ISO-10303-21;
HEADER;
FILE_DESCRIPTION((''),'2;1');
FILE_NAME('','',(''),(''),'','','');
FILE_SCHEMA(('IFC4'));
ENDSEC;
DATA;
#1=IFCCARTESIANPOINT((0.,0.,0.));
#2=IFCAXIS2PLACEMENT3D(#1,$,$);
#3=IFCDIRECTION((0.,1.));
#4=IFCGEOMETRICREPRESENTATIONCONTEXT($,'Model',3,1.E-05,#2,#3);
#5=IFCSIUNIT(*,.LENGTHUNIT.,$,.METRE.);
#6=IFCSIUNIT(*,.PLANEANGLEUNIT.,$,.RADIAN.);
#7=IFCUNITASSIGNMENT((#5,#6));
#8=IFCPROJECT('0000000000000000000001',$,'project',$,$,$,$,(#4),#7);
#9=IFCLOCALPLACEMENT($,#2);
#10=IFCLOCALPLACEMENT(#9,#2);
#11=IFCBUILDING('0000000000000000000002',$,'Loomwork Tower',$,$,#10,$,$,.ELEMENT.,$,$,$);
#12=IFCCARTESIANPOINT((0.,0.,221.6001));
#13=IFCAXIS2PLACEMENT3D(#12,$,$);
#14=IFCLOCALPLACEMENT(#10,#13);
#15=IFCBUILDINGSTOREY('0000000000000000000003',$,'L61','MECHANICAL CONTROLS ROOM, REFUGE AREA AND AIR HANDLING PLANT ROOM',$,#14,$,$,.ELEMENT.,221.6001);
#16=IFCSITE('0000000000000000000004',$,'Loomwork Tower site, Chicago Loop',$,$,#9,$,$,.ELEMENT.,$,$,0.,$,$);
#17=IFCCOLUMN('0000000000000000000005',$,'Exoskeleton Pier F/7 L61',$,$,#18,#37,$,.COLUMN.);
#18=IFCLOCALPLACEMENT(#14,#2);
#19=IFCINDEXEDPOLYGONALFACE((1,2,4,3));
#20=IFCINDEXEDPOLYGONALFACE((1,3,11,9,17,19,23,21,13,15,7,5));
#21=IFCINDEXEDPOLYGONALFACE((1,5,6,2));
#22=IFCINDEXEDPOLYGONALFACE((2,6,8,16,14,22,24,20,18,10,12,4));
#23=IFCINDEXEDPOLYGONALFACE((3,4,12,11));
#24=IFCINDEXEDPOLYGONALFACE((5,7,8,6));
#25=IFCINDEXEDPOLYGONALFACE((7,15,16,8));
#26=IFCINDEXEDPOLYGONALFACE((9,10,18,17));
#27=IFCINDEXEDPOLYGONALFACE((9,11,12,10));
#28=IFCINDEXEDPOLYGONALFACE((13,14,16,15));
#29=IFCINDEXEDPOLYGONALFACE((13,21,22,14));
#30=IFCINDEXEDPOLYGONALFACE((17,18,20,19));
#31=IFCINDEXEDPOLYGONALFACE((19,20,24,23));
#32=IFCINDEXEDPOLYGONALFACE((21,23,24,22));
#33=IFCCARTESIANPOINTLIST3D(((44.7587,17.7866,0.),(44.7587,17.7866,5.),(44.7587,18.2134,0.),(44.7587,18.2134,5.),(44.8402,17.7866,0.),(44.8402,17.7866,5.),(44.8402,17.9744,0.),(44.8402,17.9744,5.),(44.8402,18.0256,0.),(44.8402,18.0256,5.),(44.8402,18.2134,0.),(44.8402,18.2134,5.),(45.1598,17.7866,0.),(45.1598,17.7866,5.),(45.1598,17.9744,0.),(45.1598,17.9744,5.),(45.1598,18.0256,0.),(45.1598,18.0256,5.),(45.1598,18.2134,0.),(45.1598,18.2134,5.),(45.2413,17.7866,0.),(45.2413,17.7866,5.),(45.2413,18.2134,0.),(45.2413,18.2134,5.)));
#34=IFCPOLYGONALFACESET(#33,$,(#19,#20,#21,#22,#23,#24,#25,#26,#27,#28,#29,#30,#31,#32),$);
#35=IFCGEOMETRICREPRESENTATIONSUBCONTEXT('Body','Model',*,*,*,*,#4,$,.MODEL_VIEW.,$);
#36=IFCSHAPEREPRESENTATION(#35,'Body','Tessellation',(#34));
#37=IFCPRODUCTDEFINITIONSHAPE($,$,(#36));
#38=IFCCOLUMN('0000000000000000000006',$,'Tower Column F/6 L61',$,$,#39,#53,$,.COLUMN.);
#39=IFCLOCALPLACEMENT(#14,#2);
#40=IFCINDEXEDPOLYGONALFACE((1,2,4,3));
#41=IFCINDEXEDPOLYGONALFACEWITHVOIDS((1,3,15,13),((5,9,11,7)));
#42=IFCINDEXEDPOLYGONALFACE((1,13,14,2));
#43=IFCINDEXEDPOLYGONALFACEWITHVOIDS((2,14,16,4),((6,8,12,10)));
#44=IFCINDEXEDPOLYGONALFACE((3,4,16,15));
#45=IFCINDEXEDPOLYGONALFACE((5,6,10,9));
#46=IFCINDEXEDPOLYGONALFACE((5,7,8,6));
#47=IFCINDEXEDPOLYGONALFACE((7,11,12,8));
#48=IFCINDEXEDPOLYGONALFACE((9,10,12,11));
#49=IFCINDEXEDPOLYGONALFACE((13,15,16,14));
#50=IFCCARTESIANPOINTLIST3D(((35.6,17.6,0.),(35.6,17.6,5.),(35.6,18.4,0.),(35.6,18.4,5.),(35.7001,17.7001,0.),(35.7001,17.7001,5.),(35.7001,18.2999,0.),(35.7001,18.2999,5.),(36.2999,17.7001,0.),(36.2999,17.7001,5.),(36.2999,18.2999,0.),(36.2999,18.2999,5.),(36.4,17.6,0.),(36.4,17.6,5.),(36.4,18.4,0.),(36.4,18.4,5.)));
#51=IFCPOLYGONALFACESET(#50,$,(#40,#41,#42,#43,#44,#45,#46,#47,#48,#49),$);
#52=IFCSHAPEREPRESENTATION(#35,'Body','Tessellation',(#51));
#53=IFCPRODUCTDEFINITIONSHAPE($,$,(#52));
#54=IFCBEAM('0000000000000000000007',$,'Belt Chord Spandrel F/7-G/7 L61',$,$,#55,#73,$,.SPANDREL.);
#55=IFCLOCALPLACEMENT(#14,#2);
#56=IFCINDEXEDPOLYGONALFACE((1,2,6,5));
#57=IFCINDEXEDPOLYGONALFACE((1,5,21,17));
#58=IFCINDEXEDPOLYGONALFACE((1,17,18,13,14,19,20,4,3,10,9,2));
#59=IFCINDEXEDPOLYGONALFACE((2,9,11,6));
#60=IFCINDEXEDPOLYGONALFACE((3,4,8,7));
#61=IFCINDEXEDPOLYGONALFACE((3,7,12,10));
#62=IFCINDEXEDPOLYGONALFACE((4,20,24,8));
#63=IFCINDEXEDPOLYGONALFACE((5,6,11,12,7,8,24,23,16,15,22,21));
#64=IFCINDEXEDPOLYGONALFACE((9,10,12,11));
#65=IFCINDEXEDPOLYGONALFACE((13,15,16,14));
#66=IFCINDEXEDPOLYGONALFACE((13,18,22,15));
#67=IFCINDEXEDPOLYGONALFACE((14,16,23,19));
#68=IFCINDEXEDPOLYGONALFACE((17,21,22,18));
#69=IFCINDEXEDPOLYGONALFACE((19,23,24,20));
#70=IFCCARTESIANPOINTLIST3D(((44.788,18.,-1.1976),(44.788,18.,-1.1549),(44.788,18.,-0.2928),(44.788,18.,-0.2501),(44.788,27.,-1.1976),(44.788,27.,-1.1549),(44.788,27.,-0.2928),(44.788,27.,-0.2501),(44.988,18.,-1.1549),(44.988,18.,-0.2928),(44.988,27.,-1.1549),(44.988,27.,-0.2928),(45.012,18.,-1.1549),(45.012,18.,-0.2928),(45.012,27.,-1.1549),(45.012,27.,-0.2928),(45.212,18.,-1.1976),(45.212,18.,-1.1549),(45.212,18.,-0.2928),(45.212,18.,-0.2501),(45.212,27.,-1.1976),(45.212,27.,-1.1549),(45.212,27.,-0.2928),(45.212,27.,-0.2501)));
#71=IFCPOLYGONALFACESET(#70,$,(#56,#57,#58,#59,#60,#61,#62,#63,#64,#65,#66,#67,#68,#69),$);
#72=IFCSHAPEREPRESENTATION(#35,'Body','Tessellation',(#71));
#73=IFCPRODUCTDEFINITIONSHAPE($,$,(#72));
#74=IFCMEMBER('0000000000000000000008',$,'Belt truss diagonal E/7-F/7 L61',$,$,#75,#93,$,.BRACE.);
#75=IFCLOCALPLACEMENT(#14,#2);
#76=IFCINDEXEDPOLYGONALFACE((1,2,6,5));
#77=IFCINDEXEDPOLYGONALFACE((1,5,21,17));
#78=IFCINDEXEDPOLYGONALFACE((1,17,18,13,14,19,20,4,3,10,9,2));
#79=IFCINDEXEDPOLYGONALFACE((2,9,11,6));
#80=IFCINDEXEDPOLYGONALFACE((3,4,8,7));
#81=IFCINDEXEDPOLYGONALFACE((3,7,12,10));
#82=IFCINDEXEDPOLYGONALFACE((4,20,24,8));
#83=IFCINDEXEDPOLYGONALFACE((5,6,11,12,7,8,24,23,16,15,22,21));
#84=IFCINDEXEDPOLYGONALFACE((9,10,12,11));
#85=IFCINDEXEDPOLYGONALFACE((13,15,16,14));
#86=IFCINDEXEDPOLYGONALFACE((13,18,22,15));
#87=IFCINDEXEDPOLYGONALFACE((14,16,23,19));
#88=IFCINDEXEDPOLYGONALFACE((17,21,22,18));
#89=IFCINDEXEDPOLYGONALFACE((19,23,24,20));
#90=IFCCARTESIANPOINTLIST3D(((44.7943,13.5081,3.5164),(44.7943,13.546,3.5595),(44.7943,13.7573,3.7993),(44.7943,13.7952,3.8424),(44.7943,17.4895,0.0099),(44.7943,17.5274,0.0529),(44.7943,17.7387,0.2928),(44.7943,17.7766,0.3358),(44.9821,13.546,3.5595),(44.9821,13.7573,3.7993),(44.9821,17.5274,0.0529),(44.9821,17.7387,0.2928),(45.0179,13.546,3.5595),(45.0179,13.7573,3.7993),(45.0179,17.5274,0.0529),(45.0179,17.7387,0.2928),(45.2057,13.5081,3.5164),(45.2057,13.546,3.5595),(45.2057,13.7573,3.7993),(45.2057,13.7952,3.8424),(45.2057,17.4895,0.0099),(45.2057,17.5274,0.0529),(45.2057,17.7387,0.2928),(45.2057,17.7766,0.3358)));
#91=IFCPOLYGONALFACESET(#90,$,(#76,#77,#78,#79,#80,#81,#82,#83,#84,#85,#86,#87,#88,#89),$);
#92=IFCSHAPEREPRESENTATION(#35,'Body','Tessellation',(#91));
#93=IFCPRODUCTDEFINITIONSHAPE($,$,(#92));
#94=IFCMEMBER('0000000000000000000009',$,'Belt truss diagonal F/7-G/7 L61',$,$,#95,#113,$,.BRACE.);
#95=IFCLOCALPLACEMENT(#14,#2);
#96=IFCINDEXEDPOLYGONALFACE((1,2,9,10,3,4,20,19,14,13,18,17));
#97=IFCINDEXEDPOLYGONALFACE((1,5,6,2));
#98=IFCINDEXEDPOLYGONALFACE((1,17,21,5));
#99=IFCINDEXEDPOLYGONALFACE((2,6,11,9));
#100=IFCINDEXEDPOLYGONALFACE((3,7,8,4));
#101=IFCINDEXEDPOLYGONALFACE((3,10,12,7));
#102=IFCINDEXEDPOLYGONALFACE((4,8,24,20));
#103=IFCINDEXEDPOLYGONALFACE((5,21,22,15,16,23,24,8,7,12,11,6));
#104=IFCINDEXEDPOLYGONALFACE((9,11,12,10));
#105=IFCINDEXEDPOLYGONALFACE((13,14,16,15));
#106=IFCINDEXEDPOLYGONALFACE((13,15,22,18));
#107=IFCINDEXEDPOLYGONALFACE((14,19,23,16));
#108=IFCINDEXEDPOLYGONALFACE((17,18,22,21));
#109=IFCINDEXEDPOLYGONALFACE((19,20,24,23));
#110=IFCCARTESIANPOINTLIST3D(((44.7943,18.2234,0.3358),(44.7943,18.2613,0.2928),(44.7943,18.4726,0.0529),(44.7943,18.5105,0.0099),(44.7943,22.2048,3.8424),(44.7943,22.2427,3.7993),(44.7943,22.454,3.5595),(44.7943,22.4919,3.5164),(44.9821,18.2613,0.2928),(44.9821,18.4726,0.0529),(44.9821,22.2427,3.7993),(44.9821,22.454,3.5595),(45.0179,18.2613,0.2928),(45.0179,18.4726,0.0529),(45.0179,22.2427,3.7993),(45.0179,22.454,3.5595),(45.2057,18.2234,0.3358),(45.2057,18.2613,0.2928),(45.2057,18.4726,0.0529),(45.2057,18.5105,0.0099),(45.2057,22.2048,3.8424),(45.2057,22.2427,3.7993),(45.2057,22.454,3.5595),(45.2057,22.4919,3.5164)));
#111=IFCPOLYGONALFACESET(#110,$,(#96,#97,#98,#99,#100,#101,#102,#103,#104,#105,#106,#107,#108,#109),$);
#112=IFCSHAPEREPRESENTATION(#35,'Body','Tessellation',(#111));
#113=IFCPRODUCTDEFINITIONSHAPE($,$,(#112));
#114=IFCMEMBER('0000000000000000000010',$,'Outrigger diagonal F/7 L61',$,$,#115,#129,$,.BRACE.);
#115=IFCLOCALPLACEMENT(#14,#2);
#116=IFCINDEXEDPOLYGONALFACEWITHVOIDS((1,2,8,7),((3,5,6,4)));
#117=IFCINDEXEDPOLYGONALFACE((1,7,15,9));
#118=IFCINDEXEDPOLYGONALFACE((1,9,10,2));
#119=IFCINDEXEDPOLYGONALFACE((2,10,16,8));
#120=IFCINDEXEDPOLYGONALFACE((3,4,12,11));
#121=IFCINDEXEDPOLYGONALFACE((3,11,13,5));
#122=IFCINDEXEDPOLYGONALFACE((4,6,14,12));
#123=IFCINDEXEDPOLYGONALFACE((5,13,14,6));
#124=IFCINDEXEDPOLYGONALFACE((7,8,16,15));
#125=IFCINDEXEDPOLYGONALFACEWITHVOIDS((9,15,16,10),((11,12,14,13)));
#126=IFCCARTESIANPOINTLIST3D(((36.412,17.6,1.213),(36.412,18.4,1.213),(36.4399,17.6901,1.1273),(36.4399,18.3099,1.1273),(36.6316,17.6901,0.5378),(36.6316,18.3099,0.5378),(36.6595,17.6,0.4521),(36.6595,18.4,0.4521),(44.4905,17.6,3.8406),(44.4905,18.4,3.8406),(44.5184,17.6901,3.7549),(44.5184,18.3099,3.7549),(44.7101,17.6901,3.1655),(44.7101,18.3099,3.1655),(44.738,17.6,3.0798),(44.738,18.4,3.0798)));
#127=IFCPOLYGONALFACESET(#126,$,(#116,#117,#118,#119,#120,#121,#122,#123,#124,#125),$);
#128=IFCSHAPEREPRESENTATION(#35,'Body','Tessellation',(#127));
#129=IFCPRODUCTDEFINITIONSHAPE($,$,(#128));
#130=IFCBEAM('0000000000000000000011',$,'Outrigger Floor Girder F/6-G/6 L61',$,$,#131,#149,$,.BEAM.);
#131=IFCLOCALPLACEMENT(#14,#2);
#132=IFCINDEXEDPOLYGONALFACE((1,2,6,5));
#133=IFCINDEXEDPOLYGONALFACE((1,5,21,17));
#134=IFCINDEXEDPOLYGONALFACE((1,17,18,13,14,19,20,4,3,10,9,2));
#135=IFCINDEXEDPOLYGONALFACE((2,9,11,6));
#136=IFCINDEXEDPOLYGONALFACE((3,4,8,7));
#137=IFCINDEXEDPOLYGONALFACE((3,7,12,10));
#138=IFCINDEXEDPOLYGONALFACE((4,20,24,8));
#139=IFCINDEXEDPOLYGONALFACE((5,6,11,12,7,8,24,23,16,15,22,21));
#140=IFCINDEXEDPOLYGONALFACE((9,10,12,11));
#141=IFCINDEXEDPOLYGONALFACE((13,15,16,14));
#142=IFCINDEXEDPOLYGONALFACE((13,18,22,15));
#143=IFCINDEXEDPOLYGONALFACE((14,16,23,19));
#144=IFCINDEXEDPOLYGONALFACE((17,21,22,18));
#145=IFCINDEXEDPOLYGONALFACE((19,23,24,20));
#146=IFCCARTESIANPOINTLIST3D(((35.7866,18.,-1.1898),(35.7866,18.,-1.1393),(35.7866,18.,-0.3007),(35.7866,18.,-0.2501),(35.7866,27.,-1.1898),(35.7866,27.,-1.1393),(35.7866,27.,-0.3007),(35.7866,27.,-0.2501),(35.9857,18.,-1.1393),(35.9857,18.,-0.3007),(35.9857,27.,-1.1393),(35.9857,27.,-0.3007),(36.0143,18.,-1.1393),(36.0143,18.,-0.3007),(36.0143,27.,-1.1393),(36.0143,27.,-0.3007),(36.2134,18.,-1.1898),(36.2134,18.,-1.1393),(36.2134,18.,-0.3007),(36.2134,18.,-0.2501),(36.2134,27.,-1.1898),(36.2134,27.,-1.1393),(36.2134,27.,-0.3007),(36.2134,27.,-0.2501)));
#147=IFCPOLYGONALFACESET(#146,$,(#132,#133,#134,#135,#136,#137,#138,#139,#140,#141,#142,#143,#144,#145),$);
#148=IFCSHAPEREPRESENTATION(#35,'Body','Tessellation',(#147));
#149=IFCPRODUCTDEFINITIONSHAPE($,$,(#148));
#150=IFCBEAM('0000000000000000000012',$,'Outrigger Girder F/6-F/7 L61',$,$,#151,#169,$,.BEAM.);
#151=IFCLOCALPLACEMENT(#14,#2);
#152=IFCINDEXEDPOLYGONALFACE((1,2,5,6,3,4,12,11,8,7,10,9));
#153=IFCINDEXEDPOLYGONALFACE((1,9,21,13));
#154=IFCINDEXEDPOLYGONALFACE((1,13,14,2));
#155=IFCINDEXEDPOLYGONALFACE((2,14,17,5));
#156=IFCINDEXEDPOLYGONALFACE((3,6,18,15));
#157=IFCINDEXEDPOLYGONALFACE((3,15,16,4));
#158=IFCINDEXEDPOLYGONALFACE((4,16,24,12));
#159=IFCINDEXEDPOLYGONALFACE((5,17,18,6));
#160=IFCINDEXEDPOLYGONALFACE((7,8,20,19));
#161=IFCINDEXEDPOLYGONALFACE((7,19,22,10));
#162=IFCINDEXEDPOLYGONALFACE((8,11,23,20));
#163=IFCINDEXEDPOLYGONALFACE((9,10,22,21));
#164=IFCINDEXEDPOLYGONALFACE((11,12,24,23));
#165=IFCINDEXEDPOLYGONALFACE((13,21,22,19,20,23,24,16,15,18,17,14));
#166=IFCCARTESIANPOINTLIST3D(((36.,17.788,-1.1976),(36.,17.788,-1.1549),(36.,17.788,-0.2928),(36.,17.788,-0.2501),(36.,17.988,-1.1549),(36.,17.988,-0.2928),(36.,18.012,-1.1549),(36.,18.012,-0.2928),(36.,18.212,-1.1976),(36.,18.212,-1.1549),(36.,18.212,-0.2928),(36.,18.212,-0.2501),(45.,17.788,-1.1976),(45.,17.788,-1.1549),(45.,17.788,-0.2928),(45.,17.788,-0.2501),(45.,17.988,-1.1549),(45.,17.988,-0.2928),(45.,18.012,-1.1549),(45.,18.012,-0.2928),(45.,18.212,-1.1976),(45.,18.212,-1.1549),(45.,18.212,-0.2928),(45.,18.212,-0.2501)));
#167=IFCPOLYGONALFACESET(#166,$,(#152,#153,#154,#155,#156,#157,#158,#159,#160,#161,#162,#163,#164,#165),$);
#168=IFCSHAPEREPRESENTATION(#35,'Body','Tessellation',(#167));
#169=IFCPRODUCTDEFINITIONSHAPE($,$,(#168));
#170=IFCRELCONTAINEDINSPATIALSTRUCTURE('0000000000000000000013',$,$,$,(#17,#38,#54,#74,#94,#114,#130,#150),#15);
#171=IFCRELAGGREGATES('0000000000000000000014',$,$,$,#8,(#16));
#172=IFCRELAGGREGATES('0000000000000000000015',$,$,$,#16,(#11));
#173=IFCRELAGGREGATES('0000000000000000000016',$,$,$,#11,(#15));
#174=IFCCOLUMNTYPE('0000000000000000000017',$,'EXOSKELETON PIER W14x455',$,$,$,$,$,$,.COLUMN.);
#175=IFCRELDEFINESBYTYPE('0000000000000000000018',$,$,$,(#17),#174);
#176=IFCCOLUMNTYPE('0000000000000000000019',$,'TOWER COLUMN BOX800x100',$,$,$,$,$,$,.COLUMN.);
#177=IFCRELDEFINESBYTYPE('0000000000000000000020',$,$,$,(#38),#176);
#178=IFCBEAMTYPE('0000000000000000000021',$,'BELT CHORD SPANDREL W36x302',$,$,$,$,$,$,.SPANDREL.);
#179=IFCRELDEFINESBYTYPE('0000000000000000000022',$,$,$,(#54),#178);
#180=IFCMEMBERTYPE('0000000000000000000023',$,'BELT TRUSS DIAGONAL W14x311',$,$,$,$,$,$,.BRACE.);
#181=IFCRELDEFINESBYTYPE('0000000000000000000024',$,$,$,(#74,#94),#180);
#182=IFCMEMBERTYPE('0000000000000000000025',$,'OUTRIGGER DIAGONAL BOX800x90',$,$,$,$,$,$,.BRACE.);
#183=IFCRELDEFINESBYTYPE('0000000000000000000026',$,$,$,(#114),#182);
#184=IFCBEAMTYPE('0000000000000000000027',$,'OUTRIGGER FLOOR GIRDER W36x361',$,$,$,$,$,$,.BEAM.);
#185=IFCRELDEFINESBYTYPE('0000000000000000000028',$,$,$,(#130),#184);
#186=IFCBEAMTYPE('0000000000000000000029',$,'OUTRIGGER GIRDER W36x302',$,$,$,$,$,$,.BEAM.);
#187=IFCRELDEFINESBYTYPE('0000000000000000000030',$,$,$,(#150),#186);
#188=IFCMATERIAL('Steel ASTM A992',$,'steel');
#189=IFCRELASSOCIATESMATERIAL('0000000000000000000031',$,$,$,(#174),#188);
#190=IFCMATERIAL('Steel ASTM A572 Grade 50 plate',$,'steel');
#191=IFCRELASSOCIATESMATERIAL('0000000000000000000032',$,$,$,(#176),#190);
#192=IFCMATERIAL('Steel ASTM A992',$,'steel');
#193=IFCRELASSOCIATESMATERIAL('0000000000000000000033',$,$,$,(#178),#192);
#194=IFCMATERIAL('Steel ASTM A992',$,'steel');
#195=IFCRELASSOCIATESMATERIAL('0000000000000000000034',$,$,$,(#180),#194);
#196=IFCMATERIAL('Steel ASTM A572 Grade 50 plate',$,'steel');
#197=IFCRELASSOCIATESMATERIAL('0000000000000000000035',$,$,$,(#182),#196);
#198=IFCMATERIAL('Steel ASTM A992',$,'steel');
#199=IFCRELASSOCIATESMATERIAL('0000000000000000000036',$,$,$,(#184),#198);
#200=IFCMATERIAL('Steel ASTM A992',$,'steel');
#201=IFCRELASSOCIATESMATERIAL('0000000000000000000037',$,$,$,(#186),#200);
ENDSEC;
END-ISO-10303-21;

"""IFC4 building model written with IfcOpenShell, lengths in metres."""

from ifc_helpers import new_model, si_unit, direction, frame, origin, origin_2d, place, context, subcontext, project, spatial, hollow_rectangle, i_section, extrude, material, material_profile, profile_set, type_object, element, save


model = new_model("IFC4")

# Units and contexts
model_context = context("Model", 3, precision=1e-05, world=origin(), true_north=direction((0.0, 1.0)))
body_context = subcontext(model_context, "Body", "Model", "MODEL_VIEW")
ifc_project = project(units=[si_unit("LENGTHUNIT", "METRE"), si_unit("PLANEANGLEUNIT", "RADIAN")], contexts=[model_context])

# Site, building, storey
site_placement = place(None, origin())
site = spatial("IfcSite", under=ifc_project, at=site_placement, Name="Loomwork Tower site, Chicago Loop", CompositionType="ELEMENT", RefElevation=0.0)
building_placement = place(site_placement, origin())
building = spatial("IfcBuilding", under=site, at=building_placement, Name="Loomwork Tower", CompositionType="ELEMENT")
storey_placement = place(building_placement, frame((0.0, 0.0, 221.6001)))
storey = spatial("IfcBuildingStorey", under=building, at=storey_placement, Name="L61", Description="MECHANICAL CONTROLS ROOM, REFUGE AREA AND AIR HANDLING PLANT ROOM", CompositionType="ELEMENT", Elevation=221.6001)

# Columns
ifc_material_1 = material(Name="Steel ASTM A992", Category="steel")
ifc_material_profile_1 = material_profile(ifc_material_1, i_section(OverallWidth=0.4268, OverallDepth=0.4827, WebThickness=0.0513, FlangeThickness=0.0815, at=origin_2d()), Name="W14x455")
ifc_profile_set_1 = profile_set([ifc_material_profile_1], Name="Steel ASTM A992")
column_type_1 = type_object("IfcColumnType", Name="EXOSKELETON PIER W14x455", PredefinedType="COLUMN", material=ifc_profile_set_1)
column_1_placement = place(storey_placement, frame((45.0, 18.0, 0.0), z_axis=(0.0, 0.0, 1.0), x_axis=(0.0, 1.0, 0.0)))
element("IfcColumn", 1, at=column_1_placement, inside=storey, type_object=column_type_1, Name="Exoskeleton Pier F/7 L61", PredefinedType="COLUMN", context=body_context, shape_type="SweptSolid", body=[
    extrude(i_section(OverallWidth=0.4268, OverallDepth=0.4827, WebThickness=0.0513, FlangeThickness=0.0815, at=origin_2d()), origin(), (0.0, 0.0, 1.0), 5.0),
])
ifc_material_2 = material(Name="Steel ASTM A572 Grade 50 plate", Category="steel")
ifc_material_profile_2 = material_profile(ifc_material_2, hollow_rectangle(XDim=0.8, YDim=0.8, WallThickness=0.1001, at=origin_2d()), Name="BOX800x100")
ifc_profile_set_2 = profile_set([ifc_material_profile_2], Name="Steel ASTM A572 Grade 50 plate")
column_type_2 = type_object("IfcColumnType", Name="TOWER COLUMN BOX800x100", PredefinedType="COLUMN", material=ifc_profile_set_2)
column_2_placement = place(storey_placement, frame((36.0, 18.0, 0.0), z_axis=(0.0, 0.0, 1.0), x_axis=(0.0, 1.0, 0.0)))
element("IfcColumn", 2, at=column_2_placement, inside=storey, type_object=column_type_2, Name="Tower Column F/6 L61", PredefinedType="COLUMN", context=body_context, shape_type="SweptSolid", body=[
    extrude(hollow_rectangle(XDim=0.8, YDim=0.8, WallThickness=0.1001, at=origin_2d()), origin(), (0.0, 0.0, 1.0), 5.0),
])

# Beam
ifc_material_3 = material(Name="Steel ASTM A992", Category="steel")
ifc_material_profile_3 = material_profile(ifc_material_3, i_section(OverallWidth=0.4241, OverallDepth=0.9475, WebThickness=0.0239, FlangeThickness=0.0427, at=origin_2d()), Name="W36x302")
ifc_profile_set_3 = profile_set([ifc_material_profile_3], Name="Steel ASTM A992")
beam_type_1 = type_object("IfcBeamType", Name="BELT CHORD SPANDREL W36x302", PredefinedType="SPANDREL", material=ifc_profile_set_3)
beam_1_placement = place(storey_placement, frame((45.0, 18.0, -0.7239), z_axis=(0.0, 1.0, 0.0), x_axis=(-1.0, 0.0, 0.0)))
element("IfcBeam", 3, at=beam_1_placement, inside=storey, type_object=beam_type_1, Name="Belt Chord Spandrel F/7-G/7 L61", PredefinedType="SPANDREL", context=body_context, shape_type="SweptSolid", body=[
    extrude(i_section(OverallWidth=0.4241, OverallDepth=0.9475, WebThickness=0.0239, FlangeThickness=0.0427, at=origin_2d()), origin(), (0.0, 0.0, 1.0), 9.0),
])

# Members
ifc_material_4 = material(Name="Steel ASTM A992", Category="steel")
ifc_material_profile_4 = material_profile(ifc_material_4, i_section(OverallWidth=0.4114, OverallDepth=0.4343, WebThickness=0.0359, FlangeThickness=0.0574, at=origin_2d()), Name="W14x311")
ifc_profile_set_4 = profile_set([ifc_material_profile_4], Name="Steel ASTM A992")
member_type_1 = type_object("IfcMemberType", Name="BELT TRUSS DIAGONAL W14x311", PredefinedType="BRACE", material=ifc_profile_set_4)
for number, where, z_axis, x_axis, name in (
    (4, (45.0, 17.6331, 0.1729), (0.0, -0.750441, 0.660938), (1.0, 0.0, 0.0), "Belt truss diagonal E/7-F/7 L61"),
    (5, (45.0, 18.3669, 0.1729), (0.0, 0.750441, 0.660938), (-1.0, 0.0, 0.0), "Belt truss diagonal F/7-G/7 L61"),
):
    element("IfcMember", number, at=place(storey_placement, frame(where, z_axis=z_axis, x_axis=x_axis)), inside=storey, type_object=member_type_1, Name=name, PredefinedType="BRACE", context=body_context, shape_type="SweptSolid", body=[
        extrude(i_section(OverallWidth=0.4114, OverallDepth=0.4343, WebThickness=0.0359, FlangeThickness=0.0574, at=origin_2d()), origin(), (0.0, 0.0, 1.0), 5.3054),
    ])
ifc_material_5 = material(Name="Steel ASTM A572 Grade 50 plate", Category="steel")
ifc_material_profile_5 = material_profile(ifc_material_5, hollow_rectangle(XDim=0.8, YDim=0.8, WallThickness=0.0901, at=origin_2d()), Name="BOX800x90")
ifc_profile_set_5 = profile_set([ifc_material_profile_5], Name="Steel ASTM A572 Grade 50 plate")
member_type_2 = type_object("IfcMemberType", Name="OUTRIGGER DIAGONAL BOX800x90", PredefinedType="BRACE", material=ifc_profile_set_5)
member_1_placement = place(storey_placement, frame((44.6143, 18.0, 3.4602), z_axis=(-0.95096, 0.0, -0.309314), x_axis=(0.0, -1.0, 0.0)))
element("IfcMember", 6, at=member_1_placement, inside=storey, type_object=member_type_2, Name="Outrigger diagonal F/7 L61", PredefinedType="BRACE", context=body_context, shape_type="SweptSolid", body=[
    extrude(hollow_rectangle(XDim=0.8, YDim=0.8, WallThickness=0.0901, at=origin_2d()), origin(), (0.0, 0.0, 1.0), 8.4951),
])

# Beams
ifc_material_6 = material(Name="Steel ASTM A992", Category="steel")
ifc_material_profile_6 = material_profile(ifc_material_6, i_section(OverallWidth=0.4268, OverallDepth=0.9397, WebThickness=0.0286, FlangeThickness=0.0505, at=origin_2d()), Name="W36x361")
ifc_profile_set_6 = profile_set([ifc_material_profile_6], Name="Steel ASTM A992")
beam_type_2 = type_object("IfcBeamType", Name="OUTRIGGER FLOOR GIRDER W36x361", PredefinedType="BEAM", material=ifc_profile_set_6)
beam_2_placement = place(storey_placement, frame((36.0, 18.0, -0.72), z_axis=(0.0, 1.0, 0.0), x_axis=(-1.0, 0.0, 0.0)))
element("IfcBeam", 7, at=beam_2_placement, inside=storey, type_object=beam_type_2, Name="Outrigger Floor Girder F/6-G/6 L61", PredefinedType="BEAM", context=body_context, shape_type="SweptSolid", body=[
    extrude(i_section(OverallWidth=0.4268, OverallDepth=0.9397, WebThickness=0.0286, FlangeThickness=0.0505, at=origin_2d()), origin(), (0.0, 0.0, 1.0), 9.0),
])
ifc_material_7 = material(Name="Steel ASTM A992", Category="steel")
ifc_material_profile_7 = material_profile(ifc_material_7, i_section(OverallWidth=0.4241, OverallDepth=0.9475, WebThickness=0.0239, FlangeThickness=0.0427, at=origin_2d()), Name="W36x302")
ifc_profile_set_7 = profile_set([ifc_material_profile_7], Name="Steel ASTM A992")
beam_type_3 = type_object("IfcBeamType", Name="OUTRIGGER GIRDER W36x302", PredefinedType="BEAM", material=ifc_profile_set_7)
beam_3_placement = place(storey_placement, frame((36.0, 18.0, -0.7239), z_axis=(1.0, 0.0, 0.0), x_axis=(0.0, 1.0, 0.0)))
element("IfcBeam", 8, at=beam_3_placement, inside=storey, type_object=beam_type_3, Name="Outrigger Girder F/6-F/7 L61", PredefinedType="BEAM", context=body_context, shape_type="SweptSolid", body=[
    extrude(i_section(OverallWidth=0.4241, OverallDepth=0.9475, WebThickness=0.0239, FlangeThickness=0.0427, at=origin_2d()), origin(), (0.0, 0.0, 1.0), 9.0),
])

save(model, "model.ifc")
